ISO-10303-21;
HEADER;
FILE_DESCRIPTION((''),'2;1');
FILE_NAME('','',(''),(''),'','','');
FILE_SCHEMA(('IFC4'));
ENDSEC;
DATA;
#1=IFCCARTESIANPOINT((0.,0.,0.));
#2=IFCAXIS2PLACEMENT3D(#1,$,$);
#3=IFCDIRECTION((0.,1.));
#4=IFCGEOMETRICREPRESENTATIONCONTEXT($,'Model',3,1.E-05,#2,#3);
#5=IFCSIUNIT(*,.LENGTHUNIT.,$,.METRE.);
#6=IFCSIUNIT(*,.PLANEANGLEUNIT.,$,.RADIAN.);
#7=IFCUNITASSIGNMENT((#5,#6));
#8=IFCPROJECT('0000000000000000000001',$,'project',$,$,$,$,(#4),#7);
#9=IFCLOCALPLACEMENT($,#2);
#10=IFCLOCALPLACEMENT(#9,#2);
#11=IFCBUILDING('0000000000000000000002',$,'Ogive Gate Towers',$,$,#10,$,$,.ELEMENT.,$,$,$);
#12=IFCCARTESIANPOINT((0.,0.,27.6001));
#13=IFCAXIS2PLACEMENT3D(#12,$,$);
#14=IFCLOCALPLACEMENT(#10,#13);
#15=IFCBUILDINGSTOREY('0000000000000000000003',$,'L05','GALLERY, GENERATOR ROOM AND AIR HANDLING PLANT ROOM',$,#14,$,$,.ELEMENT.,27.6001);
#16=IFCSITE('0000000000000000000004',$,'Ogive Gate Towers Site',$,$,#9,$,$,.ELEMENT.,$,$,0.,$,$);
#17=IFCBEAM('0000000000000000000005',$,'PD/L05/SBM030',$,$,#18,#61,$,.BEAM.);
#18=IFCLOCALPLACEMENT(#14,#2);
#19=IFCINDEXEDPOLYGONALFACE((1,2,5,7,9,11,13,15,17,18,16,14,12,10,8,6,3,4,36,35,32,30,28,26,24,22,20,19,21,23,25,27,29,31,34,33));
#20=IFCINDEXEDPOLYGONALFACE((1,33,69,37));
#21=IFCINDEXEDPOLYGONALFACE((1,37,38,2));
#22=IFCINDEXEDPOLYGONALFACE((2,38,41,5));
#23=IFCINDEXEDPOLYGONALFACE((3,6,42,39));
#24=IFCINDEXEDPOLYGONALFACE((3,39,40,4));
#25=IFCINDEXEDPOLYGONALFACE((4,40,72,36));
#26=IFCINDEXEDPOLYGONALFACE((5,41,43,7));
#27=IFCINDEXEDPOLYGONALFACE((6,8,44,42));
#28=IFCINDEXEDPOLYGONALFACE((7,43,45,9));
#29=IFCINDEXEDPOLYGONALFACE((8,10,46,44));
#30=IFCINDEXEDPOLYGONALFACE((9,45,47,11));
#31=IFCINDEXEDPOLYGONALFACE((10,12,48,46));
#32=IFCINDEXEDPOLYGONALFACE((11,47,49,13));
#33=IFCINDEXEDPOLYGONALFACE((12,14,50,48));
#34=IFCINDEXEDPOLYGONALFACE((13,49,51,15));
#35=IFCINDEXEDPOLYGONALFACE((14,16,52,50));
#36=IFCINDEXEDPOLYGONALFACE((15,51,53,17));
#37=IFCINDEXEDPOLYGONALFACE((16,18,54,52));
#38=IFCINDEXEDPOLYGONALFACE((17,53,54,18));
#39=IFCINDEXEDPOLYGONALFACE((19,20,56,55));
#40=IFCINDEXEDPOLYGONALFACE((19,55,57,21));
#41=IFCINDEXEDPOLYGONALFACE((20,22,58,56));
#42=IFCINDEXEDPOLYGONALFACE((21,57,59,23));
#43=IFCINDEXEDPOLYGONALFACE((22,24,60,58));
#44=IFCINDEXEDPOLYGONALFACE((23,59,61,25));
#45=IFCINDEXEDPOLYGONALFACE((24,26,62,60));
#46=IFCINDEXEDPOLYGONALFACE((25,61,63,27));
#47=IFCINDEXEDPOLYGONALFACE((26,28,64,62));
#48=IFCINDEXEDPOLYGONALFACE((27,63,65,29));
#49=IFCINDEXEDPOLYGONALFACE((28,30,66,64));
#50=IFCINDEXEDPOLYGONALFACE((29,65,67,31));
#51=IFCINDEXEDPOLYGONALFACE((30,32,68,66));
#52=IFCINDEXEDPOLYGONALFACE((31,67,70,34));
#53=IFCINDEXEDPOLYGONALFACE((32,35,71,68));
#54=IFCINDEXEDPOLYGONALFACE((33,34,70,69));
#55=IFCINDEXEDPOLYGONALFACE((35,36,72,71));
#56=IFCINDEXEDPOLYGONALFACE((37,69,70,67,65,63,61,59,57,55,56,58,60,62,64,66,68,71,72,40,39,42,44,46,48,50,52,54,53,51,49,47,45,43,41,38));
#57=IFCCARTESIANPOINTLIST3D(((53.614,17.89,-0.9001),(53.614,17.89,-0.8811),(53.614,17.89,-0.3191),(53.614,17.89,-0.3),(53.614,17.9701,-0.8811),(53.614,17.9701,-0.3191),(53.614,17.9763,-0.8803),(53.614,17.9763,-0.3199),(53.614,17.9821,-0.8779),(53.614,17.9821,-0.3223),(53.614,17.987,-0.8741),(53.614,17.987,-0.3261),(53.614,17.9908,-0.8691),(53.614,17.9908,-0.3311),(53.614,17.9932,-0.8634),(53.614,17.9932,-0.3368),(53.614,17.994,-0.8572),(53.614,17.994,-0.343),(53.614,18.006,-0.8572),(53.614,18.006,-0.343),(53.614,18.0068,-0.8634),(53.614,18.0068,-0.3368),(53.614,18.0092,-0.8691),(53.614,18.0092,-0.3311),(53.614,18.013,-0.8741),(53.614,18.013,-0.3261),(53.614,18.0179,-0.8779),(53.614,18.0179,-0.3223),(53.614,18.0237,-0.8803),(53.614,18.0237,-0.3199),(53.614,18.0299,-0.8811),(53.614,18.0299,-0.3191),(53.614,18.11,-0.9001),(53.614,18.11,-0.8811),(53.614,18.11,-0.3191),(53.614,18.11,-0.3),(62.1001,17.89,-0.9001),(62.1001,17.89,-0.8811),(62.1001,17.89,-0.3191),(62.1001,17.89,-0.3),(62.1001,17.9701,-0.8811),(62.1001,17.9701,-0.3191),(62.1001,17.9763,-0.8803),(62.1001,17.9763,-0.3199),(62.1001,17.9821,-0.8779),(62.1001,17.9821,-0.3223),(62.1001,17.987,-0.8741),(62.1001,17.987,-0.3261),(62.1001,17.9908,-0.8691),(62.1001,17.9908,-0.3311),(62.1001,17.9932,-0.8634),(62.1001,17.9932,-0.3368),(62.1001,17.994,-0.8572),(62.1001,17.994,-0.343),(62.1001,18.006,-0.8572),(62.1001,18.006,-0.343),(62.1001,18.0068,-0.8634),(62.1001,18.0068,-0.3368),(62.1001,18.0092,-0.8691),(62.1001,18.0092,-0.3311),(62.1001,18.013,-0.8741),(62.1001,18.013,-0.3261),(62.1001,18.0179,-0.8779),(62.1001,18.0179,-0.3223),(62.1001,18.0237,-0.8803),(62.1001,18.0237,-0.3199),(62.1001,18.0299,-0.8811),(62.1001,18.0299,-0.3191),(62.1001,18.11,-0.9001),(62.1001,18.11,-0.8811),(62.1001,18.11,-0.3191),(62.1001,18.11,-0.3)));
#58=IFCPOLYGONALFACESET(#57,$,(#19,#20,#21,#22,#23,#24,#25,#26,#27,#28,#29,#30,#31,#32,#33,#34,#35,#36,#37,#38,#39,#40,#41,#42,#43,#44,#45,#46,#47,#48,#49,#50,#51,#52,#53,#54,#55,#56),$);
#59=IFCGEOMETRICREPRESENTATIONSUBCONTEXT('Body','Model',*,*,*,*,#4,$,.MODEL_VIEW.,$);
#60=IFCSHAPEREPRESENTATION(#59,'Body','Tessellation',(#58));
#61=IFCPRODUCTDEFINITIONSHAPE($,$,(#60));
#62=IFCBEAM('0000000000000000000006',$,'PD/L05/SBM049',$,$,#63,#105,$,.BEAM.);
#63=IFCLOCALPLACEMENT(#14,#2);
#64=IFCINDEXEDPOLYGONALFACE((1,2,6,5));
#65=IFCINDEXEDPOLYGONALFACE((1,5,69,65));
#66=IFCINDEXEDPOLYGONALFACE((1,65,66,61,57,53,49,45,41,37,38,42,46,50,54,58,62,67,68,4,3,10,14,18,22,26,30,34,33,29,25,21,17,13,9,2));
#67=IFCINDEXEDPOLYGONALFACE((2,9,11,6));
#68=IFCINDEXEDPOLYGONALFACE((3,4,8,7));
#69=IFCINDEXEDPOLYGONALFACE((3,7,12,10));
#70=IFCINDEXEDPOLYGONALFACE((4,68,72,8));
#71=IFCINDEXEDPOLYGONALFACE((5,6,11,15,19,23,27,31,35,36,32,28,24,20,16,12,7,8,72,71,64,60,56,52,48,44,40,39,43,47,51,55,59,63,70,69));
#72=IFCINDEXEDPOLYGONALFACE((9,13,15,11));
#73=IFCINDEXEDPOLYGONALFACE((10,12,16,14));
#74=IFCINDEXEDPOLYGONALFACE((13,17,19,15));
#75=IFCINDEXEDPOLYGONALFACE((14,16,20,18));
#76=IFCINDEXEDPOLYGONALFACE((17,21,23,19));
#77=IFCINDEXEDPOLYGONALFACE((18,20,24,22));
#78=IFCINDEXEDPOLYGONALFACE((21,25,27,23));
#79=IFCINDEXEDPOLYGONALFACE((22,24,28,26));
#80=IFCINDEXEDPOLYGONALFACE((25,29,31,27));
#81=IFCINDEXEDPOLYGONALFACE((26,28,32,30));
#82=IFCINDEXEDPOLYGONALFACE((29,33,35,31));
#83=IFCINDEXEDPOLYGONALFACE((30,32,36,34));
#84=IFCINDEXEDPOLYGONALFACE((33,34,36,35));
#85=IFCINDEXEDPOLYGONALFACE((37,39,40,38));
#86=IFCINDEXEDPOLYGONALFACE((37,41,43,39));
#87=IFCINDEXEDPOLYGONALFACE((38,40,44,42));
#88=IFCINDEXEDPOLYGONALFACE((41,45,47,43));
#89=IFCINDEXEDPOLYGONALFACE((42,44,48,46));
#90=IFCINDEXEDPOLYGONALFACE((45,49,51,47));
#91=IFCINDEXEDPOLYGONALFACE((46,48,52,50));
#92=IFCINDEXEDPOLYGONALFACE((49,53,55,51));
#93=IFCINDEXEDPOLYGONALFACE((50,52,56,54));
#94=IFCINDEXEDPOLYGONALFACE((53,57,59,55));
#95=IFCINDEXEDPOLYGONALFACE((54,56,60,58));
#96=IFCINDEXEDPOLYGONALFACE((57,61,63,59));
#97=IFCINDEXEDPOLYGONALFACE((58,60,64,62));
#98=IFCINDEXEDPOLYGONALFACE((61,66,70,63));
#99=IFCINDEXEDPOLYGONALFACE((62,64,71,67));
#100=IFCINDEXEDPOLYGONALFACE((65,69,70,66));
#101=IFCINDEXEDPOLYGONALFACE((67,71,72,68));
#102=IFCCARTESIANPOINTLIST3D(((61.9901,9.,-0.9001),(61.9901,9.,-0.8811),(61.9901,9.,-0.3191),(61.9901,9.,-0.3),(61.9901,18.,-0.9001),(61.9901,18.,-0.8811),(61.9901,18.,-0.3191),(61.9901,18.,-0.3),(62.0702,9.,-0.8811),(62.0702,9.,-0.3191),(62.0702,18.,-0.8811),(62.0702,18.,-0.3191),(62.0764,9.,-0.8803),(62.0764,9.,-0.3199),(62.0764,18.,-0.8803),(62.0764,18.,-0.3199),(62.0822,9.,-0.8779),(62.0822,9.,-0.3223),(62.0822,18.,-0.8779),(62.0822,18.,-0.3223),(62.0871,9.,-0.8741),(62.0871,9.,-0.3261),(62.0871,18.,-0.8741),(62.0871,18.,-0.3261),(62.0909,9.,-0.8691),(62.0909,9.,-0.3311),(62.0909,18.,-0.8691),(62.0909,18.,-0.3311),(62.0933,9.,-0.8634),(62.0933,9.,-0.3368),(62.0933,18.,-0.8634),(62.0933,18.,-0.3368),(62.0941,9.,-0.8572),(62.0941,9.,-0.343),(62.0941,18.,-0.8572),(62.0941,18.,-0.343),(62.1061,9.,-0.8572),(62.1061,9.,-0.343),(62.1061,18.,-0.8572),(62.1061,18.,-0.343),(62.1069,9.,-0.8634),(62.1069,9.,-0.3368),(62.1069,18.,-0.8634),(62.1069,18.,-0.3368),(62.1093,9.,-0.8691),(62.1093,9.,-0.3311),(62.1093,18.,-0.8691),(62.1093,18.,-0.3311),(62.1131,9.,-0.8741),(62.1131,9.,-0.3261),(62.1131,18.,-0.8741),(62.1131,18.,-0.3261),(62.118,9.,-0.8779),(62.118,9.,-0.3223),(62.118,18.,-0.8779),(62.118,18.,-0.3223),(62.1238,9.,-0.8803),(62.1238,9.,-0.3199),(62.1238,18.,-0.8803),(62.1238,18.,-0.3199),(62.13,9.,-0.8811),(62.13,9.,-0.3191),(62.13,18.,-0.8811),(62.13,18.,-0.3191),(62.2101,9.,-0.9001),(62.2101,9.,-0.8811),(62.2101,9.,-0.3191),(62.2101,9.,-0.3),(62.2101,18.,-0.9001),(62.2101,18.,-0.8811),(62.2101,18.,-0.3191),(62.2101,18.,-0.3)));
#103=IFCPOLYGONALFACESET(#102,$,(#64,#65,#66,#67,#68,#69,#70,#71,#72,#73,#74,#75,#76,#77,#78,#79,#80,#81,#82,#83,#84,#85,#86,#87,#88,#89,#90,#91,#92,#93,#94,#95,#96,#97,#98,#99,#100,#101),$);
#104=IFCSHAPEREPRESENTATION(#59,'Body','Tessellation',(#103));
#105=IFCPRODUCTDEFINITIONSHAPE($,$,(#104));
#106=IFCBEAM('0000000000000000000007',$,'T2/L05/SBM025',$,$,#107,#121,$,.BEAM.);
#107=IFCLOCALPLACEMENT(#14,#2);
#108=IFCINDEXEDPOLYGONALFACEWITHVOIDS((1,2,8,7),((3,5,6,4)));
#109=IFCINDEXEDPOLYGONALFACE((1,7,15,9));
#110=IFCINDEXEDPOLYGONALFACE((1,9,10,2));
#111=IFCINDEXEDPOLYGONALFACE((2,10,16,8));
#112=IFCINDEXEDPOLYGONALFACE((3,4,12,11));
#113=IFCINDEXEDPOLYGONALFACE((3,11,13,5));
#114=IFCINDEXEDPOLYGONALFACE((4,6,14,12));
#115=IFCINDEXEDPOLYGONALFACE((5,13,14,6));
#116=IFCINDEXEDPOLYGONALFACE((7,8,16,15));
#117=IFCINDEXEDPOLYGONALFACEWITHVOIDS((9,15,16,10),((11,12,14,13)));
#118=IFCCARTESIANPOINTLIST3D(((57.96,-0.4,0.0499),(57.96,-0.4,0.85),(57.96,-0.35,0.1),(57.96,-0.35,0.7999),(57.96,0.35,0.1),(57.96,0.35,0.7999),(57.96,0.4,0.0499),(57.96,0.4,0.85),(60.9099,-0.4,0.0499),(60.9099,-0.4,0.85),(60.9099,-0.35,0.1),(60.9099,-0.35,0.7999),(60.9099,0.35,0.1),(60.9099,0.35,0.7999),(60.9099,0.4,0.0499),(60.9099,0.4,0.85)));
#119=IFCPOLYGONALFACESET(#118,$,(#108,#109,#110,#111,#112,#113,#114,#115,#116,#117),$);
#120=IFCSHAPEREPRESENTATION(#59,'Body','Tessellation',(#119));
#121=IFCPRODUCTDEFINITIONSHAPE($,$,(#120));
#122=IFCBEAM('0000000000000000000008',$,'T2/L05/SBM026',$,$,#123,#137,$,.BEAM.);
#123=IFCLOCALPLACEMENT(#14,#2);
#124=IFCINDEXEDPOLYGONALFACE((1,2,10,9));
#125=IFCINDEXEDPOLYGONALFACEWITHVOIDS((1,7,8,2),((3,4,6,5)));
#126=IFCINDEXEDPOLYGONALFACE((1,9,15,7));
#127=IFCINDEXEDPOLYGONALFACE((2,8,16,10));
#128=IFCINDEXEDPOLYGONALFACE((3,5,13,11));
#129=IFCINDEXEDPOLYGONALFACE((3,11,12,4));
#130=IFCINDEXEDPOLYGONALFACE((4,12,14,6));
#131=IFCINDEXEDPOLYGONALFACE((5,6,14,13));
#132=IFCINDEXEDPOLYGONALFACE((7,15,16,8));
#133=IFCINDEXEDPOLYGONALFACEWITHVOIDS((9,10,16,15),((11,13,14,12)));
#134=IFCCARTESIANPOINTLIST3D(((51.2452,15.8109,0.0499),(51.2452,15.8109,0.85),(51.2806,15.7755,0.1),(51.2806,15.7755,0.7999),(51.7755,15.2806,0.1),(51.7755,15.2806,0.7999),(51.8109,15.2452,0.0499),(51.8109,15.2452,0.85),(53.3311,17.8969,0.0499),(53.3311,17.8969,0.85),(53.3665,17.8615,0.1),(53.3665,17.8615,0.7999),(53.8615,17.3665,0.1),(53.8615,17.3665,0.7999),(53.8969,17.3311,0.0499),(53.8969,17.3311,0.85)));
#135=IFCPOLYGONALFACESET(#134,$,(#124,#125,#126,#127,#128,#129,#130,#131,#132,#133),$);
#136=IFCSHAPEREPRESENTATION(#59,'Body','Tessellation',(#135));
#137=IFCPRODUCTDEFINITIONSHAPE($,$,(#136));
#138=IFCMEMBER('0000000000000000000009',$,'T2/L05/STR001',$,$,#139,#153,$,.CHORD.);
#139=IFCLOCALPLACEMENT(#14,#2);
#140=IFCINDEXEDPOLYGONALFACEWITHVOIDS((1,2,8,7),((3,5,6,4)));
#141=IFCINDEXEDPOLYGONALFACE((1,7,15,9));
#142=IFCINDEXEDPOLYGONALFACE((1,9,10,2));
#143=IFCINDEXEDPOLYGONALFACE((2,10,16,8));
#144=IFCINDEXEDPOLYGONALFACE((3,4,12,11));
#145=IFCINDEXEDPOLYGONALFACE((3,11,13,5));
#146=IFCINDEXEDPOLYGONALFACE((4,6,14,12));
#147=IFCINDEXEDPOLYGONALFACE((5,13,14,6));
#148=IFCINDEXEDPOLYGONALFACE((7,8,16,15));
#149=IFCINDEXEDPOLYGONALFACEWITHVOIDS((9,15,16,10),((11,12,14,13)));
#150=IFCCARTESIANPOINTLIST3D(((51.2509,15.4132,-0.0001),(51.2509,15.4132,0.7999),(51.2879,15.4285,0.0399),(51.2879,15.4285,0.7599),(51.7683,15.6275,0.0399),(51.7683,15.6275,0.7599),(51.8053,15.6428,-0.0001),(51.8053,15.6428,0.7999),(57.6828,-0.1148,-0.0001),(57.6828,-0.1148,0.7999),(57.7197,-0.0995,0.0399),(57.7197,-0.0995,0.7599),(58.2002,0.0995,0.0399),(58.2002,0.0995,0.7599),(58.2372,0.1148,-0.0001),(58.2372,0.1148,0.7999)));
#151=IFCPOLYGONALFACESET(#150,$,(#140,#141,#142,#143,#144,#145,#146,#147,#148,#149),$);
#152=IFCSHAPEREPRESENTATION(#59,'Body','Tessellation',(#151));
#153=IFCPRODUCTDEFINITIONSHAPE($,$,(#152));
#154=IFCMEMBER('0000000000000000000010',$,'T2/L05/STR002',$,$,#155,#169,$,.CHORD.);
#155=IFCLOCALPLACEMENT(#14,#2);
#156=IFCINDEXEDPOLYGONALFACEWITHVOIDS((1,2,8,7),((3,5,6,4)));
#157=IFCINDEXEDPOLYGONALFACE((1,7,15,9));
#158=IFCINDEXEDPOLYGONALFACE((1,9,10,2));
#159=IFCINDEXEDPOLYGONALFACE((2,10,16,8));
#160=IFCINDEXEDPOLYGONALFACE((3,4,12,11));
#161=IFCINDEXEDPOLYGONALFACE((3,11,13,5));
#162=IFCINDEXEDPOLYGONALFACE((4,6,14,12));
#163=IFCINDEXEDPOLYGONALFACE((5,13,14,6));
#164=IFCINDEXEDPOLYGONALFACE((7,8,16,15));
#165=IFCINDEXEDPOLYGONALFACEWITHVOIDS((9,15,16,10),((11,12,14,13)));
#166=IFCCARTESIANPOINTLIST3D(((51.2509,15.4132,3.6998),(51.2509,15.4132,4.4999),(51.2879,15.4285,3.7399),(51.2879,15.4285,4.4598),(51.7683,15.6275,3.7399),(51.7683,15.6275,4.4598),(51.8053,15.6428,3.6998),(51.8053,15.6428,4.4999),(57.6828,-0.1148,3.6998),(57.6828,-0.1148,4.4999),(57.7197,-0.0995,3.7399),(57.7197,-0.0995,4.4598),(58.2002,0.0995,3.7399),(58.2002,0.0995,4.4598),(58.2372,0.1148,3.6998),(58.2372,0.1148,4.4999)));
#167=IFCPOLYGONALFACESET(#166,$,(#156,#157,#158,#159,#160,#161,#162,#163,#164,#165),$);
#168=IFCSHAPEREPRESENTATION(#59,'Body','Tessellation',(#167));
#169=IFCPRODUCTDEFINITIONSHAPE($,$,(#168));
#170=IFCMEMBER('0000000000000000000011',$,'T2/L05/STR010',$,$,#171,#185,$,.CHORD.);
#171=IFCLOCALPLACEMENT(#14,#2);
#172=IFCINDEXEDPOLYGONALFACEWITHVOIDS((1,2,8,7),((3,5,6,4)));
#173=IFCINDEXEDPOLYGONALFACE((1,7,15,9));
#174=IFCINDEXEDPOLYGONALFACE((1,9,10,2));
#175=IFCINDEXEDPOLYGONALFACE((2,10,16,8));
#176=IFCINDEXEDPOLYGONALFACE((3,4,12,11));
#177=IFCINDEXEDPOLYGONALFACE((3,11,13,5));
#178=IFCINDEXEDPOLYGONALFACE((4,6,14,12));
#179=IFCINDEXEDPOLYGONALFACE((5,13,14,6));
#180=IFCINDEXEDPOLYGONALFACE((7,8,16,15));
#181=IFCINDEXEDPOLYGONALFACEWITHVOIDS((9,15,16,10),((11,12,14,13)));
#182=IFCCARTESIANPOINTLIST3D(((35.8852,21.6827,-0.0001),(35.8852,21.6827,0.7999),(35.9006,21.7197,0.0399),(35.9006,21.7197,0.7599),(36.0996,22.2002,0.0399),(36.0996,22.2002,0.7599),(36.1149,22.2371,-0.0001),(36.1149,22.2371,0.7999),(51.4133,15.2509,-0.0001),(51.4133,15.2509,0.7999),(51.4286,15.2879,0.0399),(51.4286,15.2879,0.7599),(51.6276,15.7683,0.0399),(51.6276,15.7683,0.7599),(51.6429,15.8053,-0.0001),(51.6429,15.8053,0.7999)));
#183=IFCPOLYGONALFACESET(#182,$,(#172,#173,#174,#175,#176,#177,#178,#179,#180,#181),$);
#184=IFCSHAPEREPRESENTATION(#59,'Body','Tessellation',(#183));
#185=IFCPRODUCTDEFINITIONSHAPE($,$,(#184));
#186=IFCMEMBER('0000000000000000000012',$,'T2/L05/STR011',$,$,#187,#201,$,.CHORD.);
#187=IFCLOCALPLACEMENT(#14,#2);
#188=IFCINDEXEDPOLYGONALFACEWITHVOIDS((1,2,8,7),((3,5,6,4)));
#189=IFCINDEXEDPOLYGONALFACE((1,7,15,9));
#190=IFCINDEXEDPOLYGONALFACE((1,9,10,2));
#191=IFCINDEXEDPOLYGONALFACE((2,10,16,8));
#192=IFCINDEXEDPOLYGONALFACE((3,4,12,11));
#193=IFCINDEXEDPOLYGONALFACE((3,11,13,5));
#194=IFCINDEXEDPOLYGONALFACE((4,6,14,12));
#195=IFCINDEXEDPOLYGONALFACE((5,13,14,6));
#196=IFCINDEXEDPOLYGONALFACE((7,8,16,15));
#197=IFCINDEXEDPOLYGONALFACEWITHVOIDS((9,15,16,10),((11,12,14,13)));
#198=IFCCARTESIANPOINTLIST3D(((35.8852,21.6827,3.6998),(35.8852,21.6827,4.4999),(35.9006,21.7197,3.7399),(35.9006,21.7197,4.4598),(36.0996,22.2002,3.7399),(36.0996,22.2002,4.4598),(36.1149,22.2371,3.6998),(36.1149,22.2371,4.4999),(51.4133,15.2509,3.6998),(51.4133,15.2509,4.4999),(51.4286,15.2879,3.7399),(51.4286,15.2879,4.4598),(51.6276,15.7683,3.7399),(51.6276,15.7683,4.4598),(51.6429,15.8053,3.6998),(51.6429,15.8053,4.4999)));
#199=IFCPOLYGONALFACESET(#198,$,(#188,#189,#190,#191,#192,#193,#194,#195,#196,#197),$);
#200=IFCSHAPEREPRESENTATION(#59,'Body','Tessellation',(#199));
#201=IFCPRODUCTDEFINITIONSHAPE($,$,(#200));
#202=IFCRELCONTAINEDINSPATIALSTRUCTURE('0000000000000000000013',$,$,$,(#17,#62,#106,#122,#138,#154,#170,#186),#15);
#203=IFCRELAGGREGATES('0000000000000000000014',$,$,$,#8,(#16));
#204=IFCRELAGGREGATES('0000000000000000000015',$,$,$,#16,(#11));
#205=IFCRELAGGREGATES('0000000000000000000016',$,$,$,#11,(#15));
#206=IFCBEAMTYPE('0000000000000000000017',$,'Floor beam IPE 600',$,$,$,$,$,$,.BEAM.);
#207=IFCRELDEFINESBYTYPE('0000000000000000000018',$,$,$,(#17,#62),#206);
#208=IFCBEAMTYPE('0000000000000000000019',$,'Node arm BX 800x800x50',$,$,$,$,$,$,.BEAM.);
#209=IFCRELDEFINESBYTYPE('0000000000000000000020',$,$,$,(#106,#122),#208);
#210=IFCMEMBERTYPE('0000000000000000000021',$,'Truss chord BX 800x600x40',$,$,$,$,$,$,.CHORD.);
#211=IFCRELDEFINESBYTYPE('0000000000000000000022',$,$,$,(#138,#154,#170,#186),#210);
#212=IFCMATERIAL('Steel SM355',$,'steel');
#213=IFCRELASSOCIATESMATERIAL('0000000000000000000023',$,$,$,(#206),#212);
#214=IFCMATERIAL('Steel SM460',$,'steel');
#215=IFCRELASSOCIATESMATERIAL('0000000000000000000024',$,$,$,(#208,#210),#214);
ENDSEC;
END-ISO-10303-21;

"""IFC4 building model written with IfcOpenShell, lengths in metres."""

from ifc_helpers import new_model, si_unit, direction, frame, origin, origin_2d, place, context, subcontext, project, spatial, hollow_rectangle, i_section, extrude, material, material_profile, profile_set, type_object, element, save


model = new_model("IFC4")

# Units and contexts
model_context = context("Model", 3, precision=1e-05, world=origin(), true_north=direction((0.0, 1.0)))
body_context = subcontext(model_context, "Body", "Model", "MODEL_VIEW")
ifc_project = project(units=[si_unit("LENGTHUNIT", "METRE"), si_unit("PLANEANGLEUNIT", "RADIAN")], contexts=[model_context])

# Site, building, storey
site_placement = place(None, origin())
site = spatial("IfcSite", under=ifc_project, at=site_placement, Name="Ogive Gate Towers Site", CompositionType="ELEMENT", RefElevation=0.0)
building_placement = place(site_placement, origin())
building = spatial("IfcBuilding", under=site, at=building_placement, Name="Ogive Gate Towers", CompositionType="ELEMENT")
storey_placement = place(building_placement, frame((0.0, 0.0, 27.6001)))
storey = spatial("IfcBuildingStorey", under=building, at=storey_placement, Name="L05", Description="GALLERY, GENERATOR ROOM AND AIR HANDLING PLANT ROOM", CompositionType="ELEMENT", Elevation=27.6001)

# Beams
ifc_material_1 = material(Name="Steel SM460", Category="steel")
ifc_material_2 = material(Name="Steel SM355", Category="steel")
ifc_material_profile_1 = material_profile(ifc_material_2, i_section(OverallWidth=0.22, OverallDepth=0.6001, WebThickness=0.012, FlangeThickness=0.019, FilletRadius=0.0239, at=origin_2d()), Name="IPE 600")
ifc_profile_set_1 = profile_set([ifc_material_profile_1], Name="Steel SM355")
beam_type_1 = type_object("IfcBeamType", Name="Floor beam IPE 600", PredefinedType="BEAM", material=ifc_profile_set_1)
for number, where, z_axis, x_axis, name in (
    (1, (53.614, 18.0, -0.6001), (1.0, 0.0, 0.0), (0.0, 1.0, 0.0), "PD/L05/SBM030"),
):
    element("IfcBeam", number, at=place(storey_placement, frame(where, z_axis=z_axis, x_axis=x_axis)), inside=storey, type_object=beam_type_1, Name=name, PredefinedType="BEAM", context=body_context, shape_type="SweptSolid", body=[
        extrude(i_section(OverallWidth=0.22, OverallDepth=0.6001, WebThickness=0.012, FlangeThickness=0.019, FilletRadius=0.0239, at=origin_2d()), origin(), (0.0, 0.0, 1.0), 8.4861),
    ])
beam_1_placement = place(storey_placement, frame((62.1001, 18.0, -0.6001), z_axis=(0.0, -1.0, 0.0), x_axis=(1.0, 0.0, 0.0)))
element("IfcBeam", 2, at=beam_1_placement, inside=storey, type_object=beam_type_1, Name="PD/L05/SBM049", PredefinedType="BEAM", context=body_context, shape_type="SweptSolid", body=[
    extrude(i_section(OverallWidth=0.22, OverallDepth=0.6001, WebThickness=0.012, FlangeThickness=0.019, FilletRadius=0.0239, at=origin_2d()), origin(), (0.0, 0.0, 1.0), 9.0),
])
ifc_material_profile_2 = material_profile(ifc_material_1, hollow_rectangle(XDim=0.8, YDim=0.8, WallThickness=0.05, at=origin_2d()), Name="BX 800x800x50")
ifc_profile_set_2 = profile_set([ifc_material_profile_2], Name="Steel SM460")
beam_type_2 = type_object("IfcBeamType", Name="Node arm BX 800x800x50", PredefinedType="BEAM", material=ifc_profile_set_2)
for number, where, z_axis, x_axis, name in (
    (3, (57.96, 0.0, 0.45), (1.0, 0.0, 0.0), (0.0, 1.0, 0.0), "T2/L05/SBM025"),
    (4, (51.5281, 15.5281, 0.45), (0.707107, 0.707107, 0.0), (-0.707107, 0.707107, 0.0), "T2/L05/SBM026"),
):
    element("IfcBeam", number, at=place(storey_placement, frame(where, z_axis=z_axis, x_axis=x_axis)), inside=storey, type_object=beam_type_2, Name=name, PredefinedType="BEAM", context=body_context, shape_type="SweptSolid", body=[
        extrude(hollow_rectangle(XDim=0.8, YDim=0.8, WallThickness=0.05, at=origin_2d()), origin(), (0.0, 0.0, 1.0), 2.95),
    ])

# Members
ifc_material_profile_3 = material_profile(ifc_material_1, hollow_rectangle(XDim=0.6001, YDim=0.8, WallThickness=0.04, at=origin_2d()), Name="BX 800x600x40")
ifc_profile_set_3 = profile_set([ifc_material_profile_3], Name="Steel SM460")
member_type_1 = type_object("IfcMemberType", Name="Truss chord BX 800x600x40", PredefinedType="CHORD", material=ifc_profile_set_3)
for number, where, z_axis, x_axis, name in (
    (5, (57.96, 0.0, 0.3999), (-0.382681, 0.923881, 0.0), (-0.923881, -0.382681, 0.0), "T2/L05/STR001"),
    (6, (57.96, 0.0, 4.0999), (-0.382681, 0.923881, 0.0), (-0.923881, -0.382681, 0.0), "T2/L05/STR002"),
    (7, (51.5281, 15.5281, 0.3999), (-0.923881, 0.382681, 0.0), (-0.382681, -0.923881, 0.0), "T2/L05/STR010"),
    (8, (51.5281, 15.5281, 4.0999), (-0.923881, 0.382681, 0.0), (-0.382681, -0.923881, 0.0), "T2/L05/STR011"),
):
    element("IfcMember", number, at=place(storey_placement, frame(where, z_axis=z_axis, x_axis=x_axis)), inside=storey, type_object=member_type_1, Name=name, PredefinedType="CHORD", context=body_context, shape_type="SweptSolid", body=[
        extrude(hollow_rectangle(XDim=0.6001, YDim=0.8, WallThickness=0.04, at=origin_2d()), origin(), (0.0, 0.0, 1.0), 16.8074),
    ])

save(model, "model.ifc")
